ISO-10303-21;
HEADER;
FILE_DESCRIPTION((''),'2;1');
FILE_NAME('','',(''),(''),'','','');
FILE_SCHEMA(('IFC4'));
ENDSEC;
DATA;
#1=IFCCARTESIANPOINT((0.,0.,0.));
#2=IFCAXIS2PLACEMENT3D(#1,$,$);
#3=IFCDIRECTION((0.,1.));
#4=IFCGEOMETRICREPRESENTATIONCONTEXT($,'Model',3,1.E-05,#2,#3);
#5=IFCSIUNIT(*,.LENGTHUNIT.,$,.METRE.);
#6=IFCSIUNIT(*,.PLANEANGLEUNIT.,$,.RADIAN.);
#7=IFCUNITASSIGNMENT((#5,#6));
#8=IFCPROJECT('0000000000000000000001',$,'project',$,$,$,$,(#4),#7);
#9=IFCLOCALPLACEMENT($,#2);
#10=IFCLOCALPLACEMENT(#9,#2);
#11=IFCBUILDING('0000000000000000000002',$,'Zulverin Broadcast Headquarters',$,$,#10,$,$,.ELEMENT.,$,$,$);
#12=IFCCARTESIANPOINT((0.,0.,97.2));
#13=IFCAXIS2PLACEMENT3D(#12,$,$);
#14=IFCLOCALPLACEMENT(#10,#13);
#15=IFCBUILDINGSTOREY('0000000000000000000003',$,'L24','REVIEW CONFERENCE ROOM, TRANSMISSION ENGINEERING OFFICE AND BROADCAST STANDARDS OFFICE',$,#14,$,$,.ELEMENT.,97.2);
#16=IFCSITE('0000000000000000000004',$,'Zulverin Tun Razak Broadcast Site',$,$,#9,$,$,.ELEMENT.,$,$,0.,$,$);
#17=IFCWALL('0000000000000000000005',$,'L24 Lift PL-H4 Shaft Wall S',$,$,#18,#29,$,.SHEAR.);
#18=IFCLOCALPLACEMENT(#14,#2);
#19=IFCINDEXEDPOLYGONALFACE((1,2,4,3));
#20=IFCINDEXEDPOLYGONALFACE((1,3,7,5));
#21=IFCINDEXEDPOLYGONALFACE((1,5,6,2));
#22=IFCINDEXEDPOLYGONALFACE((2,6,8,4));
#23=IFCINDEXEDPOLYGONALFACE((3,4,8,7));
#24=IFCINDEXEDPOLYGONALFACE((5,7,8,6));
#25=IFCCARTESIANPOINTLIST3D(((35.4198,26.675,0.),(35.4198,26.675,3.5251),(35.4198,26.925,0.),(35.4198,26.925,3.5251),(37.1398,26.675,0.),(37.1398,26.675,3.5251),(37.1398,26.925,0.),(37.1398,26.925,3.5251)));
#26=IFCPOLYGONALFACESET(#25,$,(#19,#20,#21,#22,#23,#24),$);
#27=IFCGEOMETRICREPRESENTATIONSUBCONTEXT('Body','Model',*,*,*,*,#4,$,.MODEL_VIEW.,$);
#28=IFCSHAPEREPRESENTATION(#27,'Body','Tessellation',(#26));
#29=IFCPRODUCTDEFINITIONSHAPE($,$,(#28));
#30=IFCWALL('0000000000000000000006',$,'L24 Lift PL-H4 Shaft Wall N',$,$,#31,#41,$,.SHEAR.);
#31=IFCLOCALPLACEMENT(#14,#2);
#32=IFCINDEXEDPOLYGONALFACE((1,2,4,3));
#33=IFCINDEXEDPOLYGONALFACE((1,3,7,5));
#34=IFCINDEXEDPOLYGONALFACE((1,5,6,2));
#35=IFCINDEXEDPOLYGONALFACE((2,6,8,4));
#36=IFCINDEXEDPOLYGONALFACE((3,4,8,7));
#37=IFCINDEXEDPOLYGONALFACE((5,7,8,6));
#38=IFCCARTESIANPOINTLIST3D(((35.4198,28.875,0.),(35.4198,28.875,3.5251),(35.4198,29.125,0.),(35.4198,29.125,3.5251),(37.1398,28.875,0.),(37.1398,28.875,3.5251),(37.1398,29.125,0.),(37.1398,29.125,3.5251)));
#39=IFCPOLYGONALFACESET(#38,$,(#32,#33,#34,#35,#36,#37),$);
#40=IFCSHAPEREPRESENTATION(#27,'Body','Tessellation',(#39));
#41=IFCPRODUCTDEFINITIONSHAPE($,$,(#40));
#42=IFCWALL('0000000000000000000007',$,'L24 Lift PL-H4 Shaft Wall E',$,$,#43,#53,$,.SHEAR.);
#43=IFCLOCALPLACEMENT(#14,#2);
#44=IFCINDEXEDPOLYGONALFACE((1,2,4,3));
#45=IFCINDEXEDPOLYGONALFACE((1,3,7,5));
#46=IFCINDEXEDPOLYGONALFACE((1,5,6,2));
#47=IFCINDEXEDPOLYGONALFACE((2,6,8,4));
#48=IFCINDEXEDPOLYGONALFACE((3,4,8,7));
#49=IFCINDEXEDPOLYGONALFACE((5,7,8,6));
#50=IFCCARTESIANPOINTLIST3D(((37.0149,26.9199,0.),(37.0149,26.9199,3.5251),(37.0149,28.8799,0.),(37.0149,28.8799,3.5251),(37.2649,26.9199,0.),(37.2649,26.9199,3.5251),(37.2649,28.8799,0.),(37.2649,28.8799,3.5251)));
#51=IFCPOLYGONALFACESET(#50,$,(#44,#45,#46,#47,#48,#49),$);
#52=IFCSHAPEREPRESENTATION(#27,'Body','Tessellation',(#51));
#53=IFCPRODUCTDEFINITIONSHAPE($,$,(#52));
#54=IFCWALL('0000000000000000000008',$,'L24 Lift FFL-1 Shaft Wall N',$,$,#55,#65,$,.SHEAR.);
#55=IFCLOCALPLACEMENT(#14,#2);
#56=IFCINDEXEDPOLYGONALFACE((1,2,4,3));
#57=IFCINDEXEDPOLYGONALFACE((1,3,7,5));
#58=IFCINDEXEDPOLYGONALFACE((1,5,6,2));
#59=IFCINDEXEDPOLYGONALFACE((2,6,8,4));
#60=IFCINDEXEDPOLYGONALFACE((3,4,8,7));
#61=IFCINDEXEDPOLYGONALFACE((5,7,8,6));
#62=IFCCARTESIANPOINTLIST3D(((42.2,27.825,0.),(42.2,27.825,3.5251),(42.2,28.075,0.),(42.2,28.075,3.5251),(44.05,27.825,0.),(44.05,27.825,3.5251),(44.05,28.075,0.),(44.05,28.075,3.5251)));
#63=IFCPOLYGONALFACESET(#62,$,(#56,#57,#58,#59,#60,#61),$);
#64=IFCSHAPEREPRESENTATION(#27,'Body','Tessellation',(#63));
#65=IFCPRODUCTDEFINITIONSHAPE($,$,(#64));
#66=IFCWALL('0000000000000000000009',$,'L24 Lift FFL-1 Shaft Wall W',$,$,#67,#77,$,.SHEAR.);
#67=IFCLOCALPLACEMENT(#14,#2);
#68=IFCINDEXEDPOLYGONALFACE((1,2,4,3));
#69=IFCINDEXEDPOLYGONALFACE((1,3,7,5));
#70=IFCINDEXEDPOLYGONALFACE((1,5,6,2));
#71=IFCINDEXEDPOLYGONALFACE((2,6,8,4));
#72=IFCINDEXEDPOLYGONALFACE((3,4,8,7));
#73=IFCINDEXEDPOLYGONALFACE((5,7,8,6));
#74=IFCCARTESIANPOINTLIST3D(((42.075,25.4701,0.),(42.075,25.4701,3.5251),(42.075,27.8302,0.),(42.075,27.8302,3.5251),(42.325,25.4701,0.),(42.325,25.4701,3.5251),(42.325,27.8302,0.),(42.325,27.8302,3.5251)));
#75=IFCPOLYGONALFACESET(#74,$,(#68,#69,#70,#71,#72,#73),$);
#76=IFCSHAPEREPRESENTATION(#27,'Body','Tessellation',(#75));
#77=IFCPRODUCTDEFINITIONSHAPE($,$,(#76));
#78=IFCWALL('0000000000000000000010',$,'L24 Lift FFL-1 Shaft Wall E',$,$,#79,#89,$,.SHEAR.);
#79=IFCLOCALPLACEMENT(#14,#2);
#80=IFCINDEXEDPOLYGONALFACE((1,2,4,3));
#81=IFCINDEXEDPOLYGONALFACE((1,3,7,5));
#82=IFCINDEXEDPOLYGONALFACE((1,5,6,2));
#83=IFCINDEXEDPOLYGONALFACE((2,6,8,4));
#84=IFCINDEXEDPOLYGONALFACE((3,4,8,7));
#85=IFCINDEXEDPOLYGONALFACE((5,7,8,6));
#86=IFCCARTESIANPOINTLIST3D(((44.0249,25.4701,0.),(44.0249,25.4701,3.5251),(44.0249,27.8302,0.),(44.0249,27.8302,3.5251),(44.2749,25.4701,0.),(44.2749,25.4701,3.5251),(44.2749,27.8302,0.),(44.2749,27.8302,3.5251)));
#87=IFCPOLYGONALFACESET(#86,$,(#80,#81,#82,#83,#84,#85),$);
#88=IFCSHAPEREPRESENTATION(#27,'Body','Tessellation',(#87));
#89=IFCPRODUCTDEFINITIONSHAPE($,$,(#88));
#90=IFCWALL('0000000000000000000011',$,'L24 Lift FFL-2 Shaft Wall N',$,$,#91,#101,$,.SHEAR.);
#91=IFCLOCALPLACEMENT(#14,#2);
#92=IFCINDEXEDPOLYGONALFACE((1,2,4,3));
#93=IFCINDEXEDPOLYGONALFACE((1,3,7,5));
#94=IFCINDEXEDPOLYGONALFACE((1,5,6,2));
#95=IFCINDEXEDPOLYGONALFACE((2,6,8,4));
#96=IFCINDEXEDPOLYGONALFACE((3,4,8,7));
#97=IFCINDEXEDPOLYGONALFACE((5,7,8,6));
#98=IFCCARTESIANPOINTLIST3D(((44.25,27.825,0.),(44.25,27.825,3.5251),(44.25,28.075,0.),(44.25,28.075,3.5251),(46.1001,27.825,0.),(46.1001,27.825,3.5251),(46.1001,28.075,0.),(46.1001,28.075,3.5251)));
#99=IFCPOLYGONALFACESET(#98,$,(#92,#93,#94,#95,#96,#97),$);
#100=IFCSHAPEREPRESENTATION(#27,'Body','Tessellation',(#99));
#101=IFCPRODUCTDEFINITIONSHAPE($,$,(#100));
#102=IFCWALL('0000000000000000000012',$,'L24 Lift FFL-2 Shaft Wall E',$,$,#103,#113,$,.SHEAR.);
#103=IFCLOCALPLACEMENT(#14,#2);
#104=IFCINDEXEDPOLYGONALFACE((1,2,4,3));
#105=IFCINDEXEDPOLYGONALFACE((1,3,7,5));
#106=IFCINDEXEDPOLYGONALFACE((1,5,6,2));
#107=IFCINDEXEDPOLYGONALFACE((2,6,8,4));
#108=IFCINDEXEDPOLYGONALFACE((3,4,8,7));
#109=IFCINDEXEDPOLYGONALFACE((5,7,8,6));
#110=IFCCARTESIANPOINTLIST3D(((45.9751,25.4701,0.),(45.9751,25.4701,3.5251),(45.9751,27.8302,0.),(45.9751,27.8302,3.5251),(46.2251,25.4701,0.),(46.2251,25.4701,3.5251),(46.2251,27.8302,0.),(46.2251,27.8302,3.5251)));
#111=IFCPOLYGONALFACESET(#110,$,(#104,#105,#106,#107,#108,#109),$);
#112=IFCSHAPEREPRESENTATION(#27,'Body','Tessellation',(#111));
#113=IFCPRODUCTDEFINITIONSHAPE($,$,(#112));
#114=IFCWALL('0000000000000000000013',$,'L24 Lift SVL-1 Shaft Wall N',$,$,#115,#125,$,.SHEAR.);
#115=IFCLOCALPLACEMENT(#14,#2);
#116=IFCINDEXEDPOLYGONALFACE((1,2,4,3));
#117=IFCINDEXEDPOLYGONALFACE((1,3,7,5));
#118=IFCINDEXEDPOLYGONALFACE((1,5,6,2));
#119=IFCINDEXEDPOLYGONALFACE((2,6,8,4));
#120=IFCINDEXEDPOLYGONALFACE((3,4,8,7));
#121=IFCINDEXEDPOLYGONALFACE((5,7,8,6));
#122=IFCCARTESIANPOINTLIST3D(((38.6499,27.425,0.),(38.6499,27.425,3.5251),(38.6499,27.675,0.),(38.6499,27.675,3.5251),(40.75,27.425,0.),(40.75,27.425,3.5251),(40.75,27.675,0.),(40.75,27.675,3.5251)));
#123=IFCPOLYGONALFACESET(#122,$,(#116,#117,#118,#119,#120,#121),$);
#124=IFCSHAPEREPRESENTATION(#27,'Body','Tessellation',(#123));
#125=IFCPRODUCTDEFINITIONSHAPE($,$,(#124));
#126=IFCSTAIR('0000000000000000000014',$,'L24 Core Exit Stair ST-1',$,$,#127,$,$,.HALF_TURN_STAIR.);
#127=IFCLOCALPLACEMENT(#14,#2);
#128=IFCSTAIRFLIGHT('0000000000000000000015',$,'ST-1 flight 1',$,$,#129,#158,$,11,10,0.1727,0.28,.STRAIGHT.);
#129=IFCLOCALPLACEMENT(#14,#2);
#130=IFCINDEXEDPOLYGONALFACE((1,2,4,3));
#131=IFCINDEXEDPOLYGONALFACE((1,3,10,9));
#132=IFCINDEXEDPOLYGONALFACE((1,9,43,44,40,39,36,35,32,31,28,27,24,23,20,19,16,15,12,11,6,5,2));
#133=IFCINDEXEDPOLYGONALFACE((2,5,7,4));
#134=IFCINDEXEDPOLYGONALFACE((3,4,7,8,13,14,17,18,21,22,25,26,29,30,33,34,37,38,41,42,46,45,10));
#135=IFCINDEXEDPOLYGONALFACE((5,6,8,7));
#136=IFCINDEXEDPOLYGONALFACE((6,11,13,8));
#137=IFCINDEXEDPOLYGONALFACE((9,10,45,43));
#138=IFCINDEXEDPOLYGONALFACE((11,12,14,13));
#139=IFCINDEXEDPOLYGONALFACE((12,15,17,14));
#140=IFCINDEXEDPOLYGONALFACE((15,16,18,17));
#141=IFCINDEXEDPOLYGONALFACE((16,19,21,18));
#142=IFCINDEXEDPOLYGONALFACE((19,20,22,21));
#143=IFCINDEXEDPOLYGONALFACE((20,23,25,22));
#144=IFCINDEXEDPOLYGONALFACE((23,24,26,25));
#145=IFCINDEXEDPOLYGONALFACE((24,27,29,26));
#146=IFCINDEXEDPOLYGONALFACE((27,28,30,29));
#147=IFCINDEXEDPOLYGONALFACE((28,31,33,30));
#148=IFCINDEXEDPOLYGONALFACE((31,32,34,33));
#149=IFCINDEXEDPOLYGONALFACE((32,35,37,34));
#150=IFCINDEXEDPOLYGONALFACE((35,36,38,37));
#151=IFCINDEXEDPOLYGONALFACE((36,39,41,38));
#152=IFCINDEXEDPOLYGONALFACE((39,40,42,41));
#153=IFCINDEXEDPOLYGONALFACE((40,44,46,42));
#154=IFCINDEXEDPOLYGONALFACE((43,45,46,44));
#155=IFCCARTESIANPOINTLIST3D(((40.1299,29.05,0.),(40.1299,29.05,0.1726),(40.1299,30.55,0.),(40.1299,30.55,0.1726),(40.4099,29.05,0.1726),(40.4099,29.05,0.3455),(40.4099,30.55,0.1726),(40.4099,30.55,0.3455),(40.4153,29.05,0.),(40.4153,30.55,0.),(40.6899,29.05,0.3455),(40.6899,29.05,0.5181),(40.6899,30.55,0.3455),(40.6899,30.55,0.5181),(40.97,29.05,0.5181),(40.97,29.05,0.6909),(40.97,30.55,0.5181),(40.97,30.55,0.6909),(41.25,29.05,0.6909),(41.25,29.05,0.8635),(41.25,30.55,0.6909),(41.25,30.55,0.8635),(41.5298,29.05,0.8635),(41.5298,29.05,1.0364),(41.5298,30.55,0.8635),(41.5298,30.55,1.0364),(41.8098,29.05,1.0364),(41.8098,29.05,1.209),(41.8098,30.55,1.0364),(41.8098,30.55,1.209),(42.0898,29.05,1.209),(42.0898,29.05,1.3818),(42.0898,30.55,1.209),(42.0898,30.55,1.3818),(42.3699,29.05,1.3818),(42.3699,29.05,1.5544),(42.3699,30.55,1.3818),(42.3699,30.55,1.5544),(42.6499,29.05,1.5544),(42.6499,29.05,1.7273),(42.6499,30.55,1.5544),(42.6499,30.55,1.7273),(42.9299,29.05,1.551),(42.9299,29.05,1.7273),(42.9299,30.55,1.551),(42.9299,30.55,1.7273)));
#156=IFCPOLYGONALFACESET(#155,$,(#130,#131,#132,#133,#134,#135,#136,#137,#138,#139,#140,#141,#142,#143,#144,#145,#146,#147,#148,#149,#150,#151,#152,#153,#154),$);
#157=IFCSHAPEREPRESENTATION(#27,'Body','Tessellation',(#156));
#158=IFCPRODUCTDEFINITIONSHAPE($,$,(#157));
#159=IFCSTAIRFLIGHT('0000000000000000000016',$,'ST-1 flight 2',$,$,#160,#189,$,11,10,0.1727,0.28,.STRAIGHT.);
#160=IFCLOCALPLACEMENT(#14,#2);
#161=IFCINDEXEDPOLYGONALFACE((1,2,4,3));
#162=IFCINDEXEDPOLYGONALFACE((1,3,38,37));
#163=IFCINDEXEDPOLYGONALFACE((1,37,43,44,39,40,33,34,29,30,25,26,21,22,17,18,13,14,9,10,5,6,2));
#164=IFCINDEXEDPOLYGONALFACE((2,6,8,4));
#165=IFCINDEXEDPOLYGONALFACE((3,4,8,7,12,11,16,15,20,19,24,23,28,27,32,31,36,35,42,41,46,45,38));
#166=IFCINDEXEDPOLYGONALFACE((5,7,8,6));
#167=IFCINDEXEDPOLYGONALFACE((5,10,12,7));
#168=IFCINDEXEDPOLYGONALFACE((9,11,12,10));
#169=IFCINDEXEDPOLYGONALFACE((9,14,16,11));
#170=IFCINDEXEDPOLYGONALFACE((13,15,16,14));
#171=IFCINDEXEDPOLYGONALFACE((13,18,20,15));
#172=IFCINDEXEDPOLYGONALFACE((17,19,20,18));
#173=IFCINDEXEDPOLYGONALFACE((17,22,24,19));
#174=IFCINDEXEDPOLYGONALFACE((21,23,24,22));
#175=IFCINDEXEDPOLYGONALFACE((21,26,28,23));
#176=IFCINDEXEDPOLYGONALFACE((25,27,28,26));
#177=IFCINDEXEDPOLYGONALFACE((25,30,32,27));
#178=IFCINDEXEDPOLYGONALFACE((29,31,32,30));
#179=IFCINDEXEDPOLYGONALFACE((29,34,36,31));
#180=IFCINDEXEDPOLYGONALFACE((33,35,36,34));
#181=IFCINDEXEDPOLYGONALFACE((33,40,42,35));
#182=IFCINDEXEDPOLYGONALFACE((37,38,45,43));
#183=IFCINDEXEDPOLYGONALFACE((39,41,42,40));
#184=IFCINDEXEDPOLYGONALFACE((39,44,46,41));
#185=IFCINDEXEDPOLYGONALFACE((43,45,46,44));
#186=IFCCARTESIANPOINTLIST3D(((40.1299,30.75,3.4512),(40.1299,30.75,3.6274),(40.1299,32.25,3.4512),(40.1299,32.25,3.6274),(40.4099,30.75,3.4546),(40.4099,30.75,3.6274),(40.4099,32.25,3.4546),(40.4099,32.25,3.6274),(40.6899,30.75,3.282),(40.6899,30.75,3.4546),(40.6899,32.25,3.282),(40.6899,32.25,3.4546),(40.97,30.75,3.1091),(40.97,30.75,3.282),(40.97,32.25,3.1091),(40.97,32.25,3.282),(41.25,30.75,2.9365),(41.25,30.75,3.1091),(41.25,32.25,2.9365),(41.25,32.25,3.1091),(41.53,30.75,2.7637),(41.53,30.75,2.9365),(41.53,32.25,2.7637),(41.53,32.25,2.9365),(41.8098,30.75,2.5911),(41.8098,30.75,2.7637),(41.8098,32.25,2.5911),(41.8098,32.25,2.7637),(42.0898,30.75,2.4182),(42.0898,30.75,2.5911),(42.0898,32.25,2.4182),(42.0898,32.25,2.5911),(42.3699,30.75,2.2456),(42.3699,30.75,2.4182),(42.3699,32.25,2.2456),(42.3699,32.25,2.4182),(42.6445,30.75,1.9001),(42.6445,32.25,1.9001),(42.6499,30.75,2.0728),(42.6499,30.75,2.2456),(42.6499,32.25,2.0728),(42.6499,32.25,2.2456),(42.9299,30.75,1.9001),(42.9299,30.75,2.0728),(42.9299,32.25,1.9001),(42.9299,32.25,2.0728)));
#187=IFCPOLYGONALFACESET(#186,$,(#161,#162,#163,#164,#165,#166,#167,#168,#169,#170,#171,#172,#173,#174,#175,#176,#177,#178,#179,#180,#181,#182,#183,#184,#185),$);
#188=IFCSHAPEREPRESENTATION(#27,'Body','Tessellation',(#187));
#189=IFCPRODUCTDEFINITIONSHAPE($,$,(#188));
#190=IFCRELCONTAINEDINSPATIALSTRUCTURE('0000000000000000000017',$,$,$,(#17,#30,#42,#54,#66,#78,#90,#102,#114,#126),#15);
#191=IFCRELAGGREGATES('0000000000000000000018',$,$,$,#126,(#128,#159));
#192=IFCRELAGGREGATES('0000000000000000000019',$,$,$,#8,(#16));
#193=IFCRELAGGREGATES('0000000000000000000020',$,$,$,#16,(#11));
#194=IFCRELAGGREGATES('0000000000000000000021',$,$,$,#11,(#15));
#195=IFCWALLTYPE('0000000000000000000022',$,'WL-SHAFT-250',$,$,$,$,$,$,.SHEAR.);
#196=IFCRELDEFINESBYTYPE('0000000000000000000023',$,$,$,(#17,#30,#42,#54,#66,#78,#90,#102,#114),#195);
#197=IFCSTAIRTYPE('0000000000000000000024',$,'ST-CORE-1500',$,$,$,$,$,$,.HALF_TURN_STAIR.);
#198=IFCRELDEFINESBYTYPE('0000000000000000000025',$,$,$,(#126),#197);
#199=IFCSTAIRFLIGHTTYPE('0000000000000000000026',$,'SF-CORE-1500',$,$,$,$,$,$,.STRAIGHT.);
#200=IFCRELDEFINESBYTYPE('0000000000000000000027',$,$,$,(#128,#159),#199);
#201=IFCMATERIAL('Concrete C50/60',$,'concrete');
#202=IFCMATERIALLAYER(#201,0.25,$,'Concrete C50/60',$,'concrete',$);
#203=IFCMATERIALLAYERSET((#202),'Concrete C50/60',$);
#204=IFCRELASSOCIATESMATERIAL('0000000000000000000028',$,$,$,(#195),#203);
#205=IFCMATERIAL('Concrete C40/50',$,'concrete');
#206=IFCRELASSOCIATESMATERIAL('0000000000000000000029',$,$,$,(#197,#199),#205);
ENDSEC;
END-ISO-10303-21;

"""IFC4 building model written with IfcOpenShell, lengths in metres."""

from ifc_helpers import new_model, si_unit, direction, frame, frame_2d, origin, place, context, subcontext, project, spatial, polyline, rectangle, outline, extrude, material, layer, layer_set, type_object, element, aggregate, save


model = new_model("IFC4")

# Units and contexts
model_context = context("Model", 3, precision=1e-05, world=origin(), true_north=direction((0.0, 1.0)))
body_context = subcontext(model_context, "Body", "Model", "MODEL_VIEW")
ifc_project = project(units=[si_unit("LENGTHUNIT", "METRE"), si_unit("PLANEANGLEUNIT", "RADIAN")], contexts=[model_context])

# Site, building, storey
site_placement = place(None, origin())
site = spatial("IfcSite", under=ifc_project, at=site_placement, Name="Zulverin Tun Razak Broadcast Site", CompositionType="ELEMENT", RefElevation=0.0)
building_placement = place(site_placement, origin())
building = spatial("IfcBuilding", under=site, at=building_placement, Name="Zulverin Broadcast Headquarters", CompositionType="ELEMENT")
storey_placement = place(building_placement, frame((0.0, 0.0, 97.2)))
storey = spatial("IfcBuildingStorey", under=building, at=storey_placement, Name="L24", Description="REVIEW CONFERENCE ROOM, TRANSMISSION ENGINEERING OFFICE AND BROADCAST STANDARDS OFFICE", CompositionType="ELEMENT", Elevation=97.2)

# Shared definitions
ifc_material_1 = material(Name="Concrete C50/60", Category="concrete")
ifc_layer_1 = layer(ifc_material_1, 0.25, Name="Concrete C50/60", Category="concrete")
ifc_layer_set_1 = layer_set([ifc_layer_1], Name="Concrete C50/60")
wall_type_1 = type_object("IfcWallType", Name="WL-SHAFT-250", PredefinedType="SHEAR", material=ifc_layer_set_1)

# Walls
for number, where, z_axis, x_axis, name in (
    (1, (35.4199, 26.8, 0.0), (0.0, 0.0, 1.0), (1.0, 0.0, 0.0), "L24 Lift PL-H4 Shaft Wall S"),
    (2, (35.4199, 29.0, 0.0), (0.0, 0.0, 1.0), (1.0, 0.0, 0.0), "L24 Lift PL-H4 Shaft Wall N"),
):
    element("IfcWall", number, at=place(storey_placement, frame(where, z_axis=z_axis, x_axis=x_axis)), inside=storey, type_object=wall_type_1, Name=name, PredefinedType="SHEAR", context=body_context, shape_type="SweptSolid", body=[
        extrude(rectangle(XDim=1.72, YDim=0.25, at=frame_2d((0.8599, 0.0))), origin(), (0.0, 0.0, 1.0), 3.5251),
    ])
wall_1_placement = place(storey_placement, frame((37.1399, 26.9199, 0.0), z_axis=(0.0, 0.0, 1.0), x_axis=(0.0, 1.0, 0.0)))
element("IfcWall", 3, at=wall_1_placement, inside=storey, type_object=wall_type_1, Name="L24 Lift PL-H4 Shaft Wall E", PredefinedType="SHEAR", context=body_context, shape_type="SweptSolid", body=[
    extrude(rectangle(XDim=1.96, YDim=0.25, at=frame_2d((0.98, 0.0))), origin(), (0.0, 0.0, 1.0), 3.5251),
])
wall_2_placement = place(storey_placement, frame((42.2, 27.95, 0.0), z_axis=(0.0, 0.0, 1.0), x_axis=(1.0, 0.0, 0.0)))
element("IfcWall", 4, at=wall_2_placement, inside=storey, type_object=wall_type_1, Name="L24 Lift FFL-1 Shaft Wall N", PredefinedType="SHEAR", context=body_context, shape_type="SweptSolid", body=[
    extrude(rectangle(XDim=1.8501, YDim=0.25, at=frame_2d((0.925, 0.0))), origin(), (0.0, 0.0, 1.0), 3.5251),
])
for number, where, z_axis, x_axis, name in (
    (5, (42.2, 25.47, 0.0), (0.0, 0.0, 1.0), (0.0, 1.0, 0.0), "L24 Lift FFL-1 Shaft Wall W"),
    (6, (44.1499, 25.47, 0.0), (0.0, 0.0, 1.0), (0.0, 1.0, 0.0), "L24 Lift FFL-1 Shaft Wall E"),
):
    element("IfcWall", number, at=place(storey_placement, frame(where, z_axis=z_axis, x_axis=x_axis)), inside=storey, type_object=wall_type_1, Name=name, PredefinedType="SHEAR", context=body_context, shape_type="SweptSolid", body=[
        extrude(rectangle(XDim=2.3601, YDim=0.25, at=frame_2d((1.1802, 0.0))), origin(), (0.0, 0.0, 1.0), 3.5251),
    ])
wall_3_placement = place(storey_placement, frame((44.25, 27.95, 0.0), z_axis=(0.0, 0.0, 1.0), x_axis=(1.0, 0.0, 0.0)))
element("IfcWall", 7, at=wall_3_placement, inside=storey, type_object=wall_type_1, Name="L24 Lift FFL-2 Shaft Wall N", PredefinedType="SHEAR", context=body_context, shape_type="SweptSolid", body=[
    extrude(rectangle(XDim=1.8501, YDim=0.25, at=frame_2d((0.925, 0.0))), origin(), (0.0, 0.0, 1.0), 3.5251),
])
wall_4_placement = place(storey_placement, frame((46.1001, 25.47, 0.0), z_axis=(0.0, 0.0, 1.0), x_axis=(0.0, 1.0, 0.0)))
element("IfcWall", 8, at=wall_4_placement, inside=storey, type_object=wall_type_1, Name="L24 Lift FFL-2 Shaft Wall E", PredefinedType="SHEAR", context=body_context, shape_type="SweptSolid", body=[
    extrude(rectangle(XDim=2.3601, YDim=0.25, at=frame_2d((1.1802, 0.0))), origin(), (0.0, 0.0, 1.0), 3.5251),
])
wall_5_placement = place(storey_placement, frame((38.6499, 27.55, 0.0), z_axis=(0.0, 0.0, 1.0), x_axis=(1.0, 0.0, 0.0)))
element("IfcWall", 9, at=wall_5_placement, inside=storey, type_object=wall_type_1, Name="L24 Lift SVL-1 Shaft Wall N", PredefinedType="SHEAR", context=body_context, shape_type="SweptSolid", body=[
    extrude(rectangle(XDim=2.1001, YDim=0.25, at=frame_2d((1.05, 0.0))), origin(), (0.0, 0.0, 1.0), 3.5251),
])

# Stair, stair flights
ifc_material_2 = material(Name="Concrete C40/50", Category="concrete")
stair_type = type_object("IfcStairType", Name="ST-CORE-1500", PredefinedType="HALF_TURN_STAIR", material=ifc_material_2)
stair_placement = place(storey_placement, origin())
stair = element("IfcStair", 10, at=stair_placement, inside=storey, type_object=stair_type, Name="L24 Core Exit Stair ST-1", PredefinedType="HALF_TURN_STAIR")
stair_flight_type = type_object("IfcStairFlightType", Name="SF-CORE-1500", PredefinedType="STRAIGHT", material=ifc_material_2)
stair_flight_1_placement = place(storey_placement, frame((40.1299, 29.8, 0.0), z_axis=(0.0, 0.0, 1.0), x_axis=(1.0, 0.0, 0.0)))
stair_flight_1 = element("IfcStairFlight", 11, at=stair_flight_1_placement, type_object=stair_flight_type, Name="ST-1 flight 1", NumberOfRisers=11, NumberOfTreads=10, PredefinedType="STRAIGHT", RiserHeight=0.1727, TreadLength=0.28, context=body_context, shape_type="SweptSolid", body=[
    extrude(outline(polyline([(0.0, 0.0), (0.0, 0.1726), (0.28, 0.1726), (0.28, 0.3455), (0.5601, 0.3455), (0.5601, 0.5181), (0.8401, 0.5181), (0.8401, 0.6909), (1.1201, 0.6909), (1.1201, 0.8635), (1.3999, 0.8635), (1.3999, 1.0364), (1.6799, 1.0364), (1.6799, 1.209), (1.96, 1.209), (1.96, 1.3818), (2.24, 1.3818), (2.24, 1.5544), (2.52, 1.5544), (2.52, 1.7273), (2.8, 1.7273), (2.8, 1.8999), (2.8, 1.551), (0.2854, 0.0), (0.0, 0.0)])), frame((0.0, 0.75, 0.0), z_axis=(0.0, -1.0, 0.0), x_axis=(1.0, 0.0, 0.0)), (0.0, 0.0, 1.0), 1.5),
])
stair_flight_2_placement = place(storey_placement, frame((42.9299, 31.5, 1.9001), z_axis=(0.0, 0.0, 1.0), x_axis=(-1.0, 0.0, 0.0)))
stair_flight_2 = element("IfcStairFlight", 12, at=stair_flight_2_placement, type_object=stair_flight_type, Name="ST-1 flight 2", NumberOfRisers=11, NumberOfTreads=10, PredefinedType="STRAIGHT", RiserHeight=0.1727, TreadLength=0.28, context=body_context, shape_type="SweptSolid", body=[
    extrude(outline(polyline([(0.0, 0.0), (0.0, 0.1726), (0.28, 0.1726), (0.28, 0.3455), (0.5601, 0.3455), (0.5601, 0.5181), (0.8401, 0.5181), (0.8401, 0.6909), (1.1201, 0.6909), (1.1201, 0.8635), (1.3999, 0.8635), (1.3999, 1.0364), (1.6799, 1.0364), (1.6799, 1.209), (1.96, 1.209), (1.96, 1.3818), (2.24, 1.3818), (2.24, 1.5544), (2.52, 1.5544), (2.52, 1.7273), (2.8, 1.7273), (2.8, 1.8999), (2.8, 1.551), (0.2854, 0.0), (0.0, 0.0)])), frame((0.0, 0.75, 0.0), z_axis=(0.0, -1.0, 0.0), x_axis=(1.0, 0.0, 0.0)), (0.0, 0.0, 1.0), 1.5),
])
aggregate(stair, [stair_flight_1, stair_flight_2])

save(model, "model.ifc")
